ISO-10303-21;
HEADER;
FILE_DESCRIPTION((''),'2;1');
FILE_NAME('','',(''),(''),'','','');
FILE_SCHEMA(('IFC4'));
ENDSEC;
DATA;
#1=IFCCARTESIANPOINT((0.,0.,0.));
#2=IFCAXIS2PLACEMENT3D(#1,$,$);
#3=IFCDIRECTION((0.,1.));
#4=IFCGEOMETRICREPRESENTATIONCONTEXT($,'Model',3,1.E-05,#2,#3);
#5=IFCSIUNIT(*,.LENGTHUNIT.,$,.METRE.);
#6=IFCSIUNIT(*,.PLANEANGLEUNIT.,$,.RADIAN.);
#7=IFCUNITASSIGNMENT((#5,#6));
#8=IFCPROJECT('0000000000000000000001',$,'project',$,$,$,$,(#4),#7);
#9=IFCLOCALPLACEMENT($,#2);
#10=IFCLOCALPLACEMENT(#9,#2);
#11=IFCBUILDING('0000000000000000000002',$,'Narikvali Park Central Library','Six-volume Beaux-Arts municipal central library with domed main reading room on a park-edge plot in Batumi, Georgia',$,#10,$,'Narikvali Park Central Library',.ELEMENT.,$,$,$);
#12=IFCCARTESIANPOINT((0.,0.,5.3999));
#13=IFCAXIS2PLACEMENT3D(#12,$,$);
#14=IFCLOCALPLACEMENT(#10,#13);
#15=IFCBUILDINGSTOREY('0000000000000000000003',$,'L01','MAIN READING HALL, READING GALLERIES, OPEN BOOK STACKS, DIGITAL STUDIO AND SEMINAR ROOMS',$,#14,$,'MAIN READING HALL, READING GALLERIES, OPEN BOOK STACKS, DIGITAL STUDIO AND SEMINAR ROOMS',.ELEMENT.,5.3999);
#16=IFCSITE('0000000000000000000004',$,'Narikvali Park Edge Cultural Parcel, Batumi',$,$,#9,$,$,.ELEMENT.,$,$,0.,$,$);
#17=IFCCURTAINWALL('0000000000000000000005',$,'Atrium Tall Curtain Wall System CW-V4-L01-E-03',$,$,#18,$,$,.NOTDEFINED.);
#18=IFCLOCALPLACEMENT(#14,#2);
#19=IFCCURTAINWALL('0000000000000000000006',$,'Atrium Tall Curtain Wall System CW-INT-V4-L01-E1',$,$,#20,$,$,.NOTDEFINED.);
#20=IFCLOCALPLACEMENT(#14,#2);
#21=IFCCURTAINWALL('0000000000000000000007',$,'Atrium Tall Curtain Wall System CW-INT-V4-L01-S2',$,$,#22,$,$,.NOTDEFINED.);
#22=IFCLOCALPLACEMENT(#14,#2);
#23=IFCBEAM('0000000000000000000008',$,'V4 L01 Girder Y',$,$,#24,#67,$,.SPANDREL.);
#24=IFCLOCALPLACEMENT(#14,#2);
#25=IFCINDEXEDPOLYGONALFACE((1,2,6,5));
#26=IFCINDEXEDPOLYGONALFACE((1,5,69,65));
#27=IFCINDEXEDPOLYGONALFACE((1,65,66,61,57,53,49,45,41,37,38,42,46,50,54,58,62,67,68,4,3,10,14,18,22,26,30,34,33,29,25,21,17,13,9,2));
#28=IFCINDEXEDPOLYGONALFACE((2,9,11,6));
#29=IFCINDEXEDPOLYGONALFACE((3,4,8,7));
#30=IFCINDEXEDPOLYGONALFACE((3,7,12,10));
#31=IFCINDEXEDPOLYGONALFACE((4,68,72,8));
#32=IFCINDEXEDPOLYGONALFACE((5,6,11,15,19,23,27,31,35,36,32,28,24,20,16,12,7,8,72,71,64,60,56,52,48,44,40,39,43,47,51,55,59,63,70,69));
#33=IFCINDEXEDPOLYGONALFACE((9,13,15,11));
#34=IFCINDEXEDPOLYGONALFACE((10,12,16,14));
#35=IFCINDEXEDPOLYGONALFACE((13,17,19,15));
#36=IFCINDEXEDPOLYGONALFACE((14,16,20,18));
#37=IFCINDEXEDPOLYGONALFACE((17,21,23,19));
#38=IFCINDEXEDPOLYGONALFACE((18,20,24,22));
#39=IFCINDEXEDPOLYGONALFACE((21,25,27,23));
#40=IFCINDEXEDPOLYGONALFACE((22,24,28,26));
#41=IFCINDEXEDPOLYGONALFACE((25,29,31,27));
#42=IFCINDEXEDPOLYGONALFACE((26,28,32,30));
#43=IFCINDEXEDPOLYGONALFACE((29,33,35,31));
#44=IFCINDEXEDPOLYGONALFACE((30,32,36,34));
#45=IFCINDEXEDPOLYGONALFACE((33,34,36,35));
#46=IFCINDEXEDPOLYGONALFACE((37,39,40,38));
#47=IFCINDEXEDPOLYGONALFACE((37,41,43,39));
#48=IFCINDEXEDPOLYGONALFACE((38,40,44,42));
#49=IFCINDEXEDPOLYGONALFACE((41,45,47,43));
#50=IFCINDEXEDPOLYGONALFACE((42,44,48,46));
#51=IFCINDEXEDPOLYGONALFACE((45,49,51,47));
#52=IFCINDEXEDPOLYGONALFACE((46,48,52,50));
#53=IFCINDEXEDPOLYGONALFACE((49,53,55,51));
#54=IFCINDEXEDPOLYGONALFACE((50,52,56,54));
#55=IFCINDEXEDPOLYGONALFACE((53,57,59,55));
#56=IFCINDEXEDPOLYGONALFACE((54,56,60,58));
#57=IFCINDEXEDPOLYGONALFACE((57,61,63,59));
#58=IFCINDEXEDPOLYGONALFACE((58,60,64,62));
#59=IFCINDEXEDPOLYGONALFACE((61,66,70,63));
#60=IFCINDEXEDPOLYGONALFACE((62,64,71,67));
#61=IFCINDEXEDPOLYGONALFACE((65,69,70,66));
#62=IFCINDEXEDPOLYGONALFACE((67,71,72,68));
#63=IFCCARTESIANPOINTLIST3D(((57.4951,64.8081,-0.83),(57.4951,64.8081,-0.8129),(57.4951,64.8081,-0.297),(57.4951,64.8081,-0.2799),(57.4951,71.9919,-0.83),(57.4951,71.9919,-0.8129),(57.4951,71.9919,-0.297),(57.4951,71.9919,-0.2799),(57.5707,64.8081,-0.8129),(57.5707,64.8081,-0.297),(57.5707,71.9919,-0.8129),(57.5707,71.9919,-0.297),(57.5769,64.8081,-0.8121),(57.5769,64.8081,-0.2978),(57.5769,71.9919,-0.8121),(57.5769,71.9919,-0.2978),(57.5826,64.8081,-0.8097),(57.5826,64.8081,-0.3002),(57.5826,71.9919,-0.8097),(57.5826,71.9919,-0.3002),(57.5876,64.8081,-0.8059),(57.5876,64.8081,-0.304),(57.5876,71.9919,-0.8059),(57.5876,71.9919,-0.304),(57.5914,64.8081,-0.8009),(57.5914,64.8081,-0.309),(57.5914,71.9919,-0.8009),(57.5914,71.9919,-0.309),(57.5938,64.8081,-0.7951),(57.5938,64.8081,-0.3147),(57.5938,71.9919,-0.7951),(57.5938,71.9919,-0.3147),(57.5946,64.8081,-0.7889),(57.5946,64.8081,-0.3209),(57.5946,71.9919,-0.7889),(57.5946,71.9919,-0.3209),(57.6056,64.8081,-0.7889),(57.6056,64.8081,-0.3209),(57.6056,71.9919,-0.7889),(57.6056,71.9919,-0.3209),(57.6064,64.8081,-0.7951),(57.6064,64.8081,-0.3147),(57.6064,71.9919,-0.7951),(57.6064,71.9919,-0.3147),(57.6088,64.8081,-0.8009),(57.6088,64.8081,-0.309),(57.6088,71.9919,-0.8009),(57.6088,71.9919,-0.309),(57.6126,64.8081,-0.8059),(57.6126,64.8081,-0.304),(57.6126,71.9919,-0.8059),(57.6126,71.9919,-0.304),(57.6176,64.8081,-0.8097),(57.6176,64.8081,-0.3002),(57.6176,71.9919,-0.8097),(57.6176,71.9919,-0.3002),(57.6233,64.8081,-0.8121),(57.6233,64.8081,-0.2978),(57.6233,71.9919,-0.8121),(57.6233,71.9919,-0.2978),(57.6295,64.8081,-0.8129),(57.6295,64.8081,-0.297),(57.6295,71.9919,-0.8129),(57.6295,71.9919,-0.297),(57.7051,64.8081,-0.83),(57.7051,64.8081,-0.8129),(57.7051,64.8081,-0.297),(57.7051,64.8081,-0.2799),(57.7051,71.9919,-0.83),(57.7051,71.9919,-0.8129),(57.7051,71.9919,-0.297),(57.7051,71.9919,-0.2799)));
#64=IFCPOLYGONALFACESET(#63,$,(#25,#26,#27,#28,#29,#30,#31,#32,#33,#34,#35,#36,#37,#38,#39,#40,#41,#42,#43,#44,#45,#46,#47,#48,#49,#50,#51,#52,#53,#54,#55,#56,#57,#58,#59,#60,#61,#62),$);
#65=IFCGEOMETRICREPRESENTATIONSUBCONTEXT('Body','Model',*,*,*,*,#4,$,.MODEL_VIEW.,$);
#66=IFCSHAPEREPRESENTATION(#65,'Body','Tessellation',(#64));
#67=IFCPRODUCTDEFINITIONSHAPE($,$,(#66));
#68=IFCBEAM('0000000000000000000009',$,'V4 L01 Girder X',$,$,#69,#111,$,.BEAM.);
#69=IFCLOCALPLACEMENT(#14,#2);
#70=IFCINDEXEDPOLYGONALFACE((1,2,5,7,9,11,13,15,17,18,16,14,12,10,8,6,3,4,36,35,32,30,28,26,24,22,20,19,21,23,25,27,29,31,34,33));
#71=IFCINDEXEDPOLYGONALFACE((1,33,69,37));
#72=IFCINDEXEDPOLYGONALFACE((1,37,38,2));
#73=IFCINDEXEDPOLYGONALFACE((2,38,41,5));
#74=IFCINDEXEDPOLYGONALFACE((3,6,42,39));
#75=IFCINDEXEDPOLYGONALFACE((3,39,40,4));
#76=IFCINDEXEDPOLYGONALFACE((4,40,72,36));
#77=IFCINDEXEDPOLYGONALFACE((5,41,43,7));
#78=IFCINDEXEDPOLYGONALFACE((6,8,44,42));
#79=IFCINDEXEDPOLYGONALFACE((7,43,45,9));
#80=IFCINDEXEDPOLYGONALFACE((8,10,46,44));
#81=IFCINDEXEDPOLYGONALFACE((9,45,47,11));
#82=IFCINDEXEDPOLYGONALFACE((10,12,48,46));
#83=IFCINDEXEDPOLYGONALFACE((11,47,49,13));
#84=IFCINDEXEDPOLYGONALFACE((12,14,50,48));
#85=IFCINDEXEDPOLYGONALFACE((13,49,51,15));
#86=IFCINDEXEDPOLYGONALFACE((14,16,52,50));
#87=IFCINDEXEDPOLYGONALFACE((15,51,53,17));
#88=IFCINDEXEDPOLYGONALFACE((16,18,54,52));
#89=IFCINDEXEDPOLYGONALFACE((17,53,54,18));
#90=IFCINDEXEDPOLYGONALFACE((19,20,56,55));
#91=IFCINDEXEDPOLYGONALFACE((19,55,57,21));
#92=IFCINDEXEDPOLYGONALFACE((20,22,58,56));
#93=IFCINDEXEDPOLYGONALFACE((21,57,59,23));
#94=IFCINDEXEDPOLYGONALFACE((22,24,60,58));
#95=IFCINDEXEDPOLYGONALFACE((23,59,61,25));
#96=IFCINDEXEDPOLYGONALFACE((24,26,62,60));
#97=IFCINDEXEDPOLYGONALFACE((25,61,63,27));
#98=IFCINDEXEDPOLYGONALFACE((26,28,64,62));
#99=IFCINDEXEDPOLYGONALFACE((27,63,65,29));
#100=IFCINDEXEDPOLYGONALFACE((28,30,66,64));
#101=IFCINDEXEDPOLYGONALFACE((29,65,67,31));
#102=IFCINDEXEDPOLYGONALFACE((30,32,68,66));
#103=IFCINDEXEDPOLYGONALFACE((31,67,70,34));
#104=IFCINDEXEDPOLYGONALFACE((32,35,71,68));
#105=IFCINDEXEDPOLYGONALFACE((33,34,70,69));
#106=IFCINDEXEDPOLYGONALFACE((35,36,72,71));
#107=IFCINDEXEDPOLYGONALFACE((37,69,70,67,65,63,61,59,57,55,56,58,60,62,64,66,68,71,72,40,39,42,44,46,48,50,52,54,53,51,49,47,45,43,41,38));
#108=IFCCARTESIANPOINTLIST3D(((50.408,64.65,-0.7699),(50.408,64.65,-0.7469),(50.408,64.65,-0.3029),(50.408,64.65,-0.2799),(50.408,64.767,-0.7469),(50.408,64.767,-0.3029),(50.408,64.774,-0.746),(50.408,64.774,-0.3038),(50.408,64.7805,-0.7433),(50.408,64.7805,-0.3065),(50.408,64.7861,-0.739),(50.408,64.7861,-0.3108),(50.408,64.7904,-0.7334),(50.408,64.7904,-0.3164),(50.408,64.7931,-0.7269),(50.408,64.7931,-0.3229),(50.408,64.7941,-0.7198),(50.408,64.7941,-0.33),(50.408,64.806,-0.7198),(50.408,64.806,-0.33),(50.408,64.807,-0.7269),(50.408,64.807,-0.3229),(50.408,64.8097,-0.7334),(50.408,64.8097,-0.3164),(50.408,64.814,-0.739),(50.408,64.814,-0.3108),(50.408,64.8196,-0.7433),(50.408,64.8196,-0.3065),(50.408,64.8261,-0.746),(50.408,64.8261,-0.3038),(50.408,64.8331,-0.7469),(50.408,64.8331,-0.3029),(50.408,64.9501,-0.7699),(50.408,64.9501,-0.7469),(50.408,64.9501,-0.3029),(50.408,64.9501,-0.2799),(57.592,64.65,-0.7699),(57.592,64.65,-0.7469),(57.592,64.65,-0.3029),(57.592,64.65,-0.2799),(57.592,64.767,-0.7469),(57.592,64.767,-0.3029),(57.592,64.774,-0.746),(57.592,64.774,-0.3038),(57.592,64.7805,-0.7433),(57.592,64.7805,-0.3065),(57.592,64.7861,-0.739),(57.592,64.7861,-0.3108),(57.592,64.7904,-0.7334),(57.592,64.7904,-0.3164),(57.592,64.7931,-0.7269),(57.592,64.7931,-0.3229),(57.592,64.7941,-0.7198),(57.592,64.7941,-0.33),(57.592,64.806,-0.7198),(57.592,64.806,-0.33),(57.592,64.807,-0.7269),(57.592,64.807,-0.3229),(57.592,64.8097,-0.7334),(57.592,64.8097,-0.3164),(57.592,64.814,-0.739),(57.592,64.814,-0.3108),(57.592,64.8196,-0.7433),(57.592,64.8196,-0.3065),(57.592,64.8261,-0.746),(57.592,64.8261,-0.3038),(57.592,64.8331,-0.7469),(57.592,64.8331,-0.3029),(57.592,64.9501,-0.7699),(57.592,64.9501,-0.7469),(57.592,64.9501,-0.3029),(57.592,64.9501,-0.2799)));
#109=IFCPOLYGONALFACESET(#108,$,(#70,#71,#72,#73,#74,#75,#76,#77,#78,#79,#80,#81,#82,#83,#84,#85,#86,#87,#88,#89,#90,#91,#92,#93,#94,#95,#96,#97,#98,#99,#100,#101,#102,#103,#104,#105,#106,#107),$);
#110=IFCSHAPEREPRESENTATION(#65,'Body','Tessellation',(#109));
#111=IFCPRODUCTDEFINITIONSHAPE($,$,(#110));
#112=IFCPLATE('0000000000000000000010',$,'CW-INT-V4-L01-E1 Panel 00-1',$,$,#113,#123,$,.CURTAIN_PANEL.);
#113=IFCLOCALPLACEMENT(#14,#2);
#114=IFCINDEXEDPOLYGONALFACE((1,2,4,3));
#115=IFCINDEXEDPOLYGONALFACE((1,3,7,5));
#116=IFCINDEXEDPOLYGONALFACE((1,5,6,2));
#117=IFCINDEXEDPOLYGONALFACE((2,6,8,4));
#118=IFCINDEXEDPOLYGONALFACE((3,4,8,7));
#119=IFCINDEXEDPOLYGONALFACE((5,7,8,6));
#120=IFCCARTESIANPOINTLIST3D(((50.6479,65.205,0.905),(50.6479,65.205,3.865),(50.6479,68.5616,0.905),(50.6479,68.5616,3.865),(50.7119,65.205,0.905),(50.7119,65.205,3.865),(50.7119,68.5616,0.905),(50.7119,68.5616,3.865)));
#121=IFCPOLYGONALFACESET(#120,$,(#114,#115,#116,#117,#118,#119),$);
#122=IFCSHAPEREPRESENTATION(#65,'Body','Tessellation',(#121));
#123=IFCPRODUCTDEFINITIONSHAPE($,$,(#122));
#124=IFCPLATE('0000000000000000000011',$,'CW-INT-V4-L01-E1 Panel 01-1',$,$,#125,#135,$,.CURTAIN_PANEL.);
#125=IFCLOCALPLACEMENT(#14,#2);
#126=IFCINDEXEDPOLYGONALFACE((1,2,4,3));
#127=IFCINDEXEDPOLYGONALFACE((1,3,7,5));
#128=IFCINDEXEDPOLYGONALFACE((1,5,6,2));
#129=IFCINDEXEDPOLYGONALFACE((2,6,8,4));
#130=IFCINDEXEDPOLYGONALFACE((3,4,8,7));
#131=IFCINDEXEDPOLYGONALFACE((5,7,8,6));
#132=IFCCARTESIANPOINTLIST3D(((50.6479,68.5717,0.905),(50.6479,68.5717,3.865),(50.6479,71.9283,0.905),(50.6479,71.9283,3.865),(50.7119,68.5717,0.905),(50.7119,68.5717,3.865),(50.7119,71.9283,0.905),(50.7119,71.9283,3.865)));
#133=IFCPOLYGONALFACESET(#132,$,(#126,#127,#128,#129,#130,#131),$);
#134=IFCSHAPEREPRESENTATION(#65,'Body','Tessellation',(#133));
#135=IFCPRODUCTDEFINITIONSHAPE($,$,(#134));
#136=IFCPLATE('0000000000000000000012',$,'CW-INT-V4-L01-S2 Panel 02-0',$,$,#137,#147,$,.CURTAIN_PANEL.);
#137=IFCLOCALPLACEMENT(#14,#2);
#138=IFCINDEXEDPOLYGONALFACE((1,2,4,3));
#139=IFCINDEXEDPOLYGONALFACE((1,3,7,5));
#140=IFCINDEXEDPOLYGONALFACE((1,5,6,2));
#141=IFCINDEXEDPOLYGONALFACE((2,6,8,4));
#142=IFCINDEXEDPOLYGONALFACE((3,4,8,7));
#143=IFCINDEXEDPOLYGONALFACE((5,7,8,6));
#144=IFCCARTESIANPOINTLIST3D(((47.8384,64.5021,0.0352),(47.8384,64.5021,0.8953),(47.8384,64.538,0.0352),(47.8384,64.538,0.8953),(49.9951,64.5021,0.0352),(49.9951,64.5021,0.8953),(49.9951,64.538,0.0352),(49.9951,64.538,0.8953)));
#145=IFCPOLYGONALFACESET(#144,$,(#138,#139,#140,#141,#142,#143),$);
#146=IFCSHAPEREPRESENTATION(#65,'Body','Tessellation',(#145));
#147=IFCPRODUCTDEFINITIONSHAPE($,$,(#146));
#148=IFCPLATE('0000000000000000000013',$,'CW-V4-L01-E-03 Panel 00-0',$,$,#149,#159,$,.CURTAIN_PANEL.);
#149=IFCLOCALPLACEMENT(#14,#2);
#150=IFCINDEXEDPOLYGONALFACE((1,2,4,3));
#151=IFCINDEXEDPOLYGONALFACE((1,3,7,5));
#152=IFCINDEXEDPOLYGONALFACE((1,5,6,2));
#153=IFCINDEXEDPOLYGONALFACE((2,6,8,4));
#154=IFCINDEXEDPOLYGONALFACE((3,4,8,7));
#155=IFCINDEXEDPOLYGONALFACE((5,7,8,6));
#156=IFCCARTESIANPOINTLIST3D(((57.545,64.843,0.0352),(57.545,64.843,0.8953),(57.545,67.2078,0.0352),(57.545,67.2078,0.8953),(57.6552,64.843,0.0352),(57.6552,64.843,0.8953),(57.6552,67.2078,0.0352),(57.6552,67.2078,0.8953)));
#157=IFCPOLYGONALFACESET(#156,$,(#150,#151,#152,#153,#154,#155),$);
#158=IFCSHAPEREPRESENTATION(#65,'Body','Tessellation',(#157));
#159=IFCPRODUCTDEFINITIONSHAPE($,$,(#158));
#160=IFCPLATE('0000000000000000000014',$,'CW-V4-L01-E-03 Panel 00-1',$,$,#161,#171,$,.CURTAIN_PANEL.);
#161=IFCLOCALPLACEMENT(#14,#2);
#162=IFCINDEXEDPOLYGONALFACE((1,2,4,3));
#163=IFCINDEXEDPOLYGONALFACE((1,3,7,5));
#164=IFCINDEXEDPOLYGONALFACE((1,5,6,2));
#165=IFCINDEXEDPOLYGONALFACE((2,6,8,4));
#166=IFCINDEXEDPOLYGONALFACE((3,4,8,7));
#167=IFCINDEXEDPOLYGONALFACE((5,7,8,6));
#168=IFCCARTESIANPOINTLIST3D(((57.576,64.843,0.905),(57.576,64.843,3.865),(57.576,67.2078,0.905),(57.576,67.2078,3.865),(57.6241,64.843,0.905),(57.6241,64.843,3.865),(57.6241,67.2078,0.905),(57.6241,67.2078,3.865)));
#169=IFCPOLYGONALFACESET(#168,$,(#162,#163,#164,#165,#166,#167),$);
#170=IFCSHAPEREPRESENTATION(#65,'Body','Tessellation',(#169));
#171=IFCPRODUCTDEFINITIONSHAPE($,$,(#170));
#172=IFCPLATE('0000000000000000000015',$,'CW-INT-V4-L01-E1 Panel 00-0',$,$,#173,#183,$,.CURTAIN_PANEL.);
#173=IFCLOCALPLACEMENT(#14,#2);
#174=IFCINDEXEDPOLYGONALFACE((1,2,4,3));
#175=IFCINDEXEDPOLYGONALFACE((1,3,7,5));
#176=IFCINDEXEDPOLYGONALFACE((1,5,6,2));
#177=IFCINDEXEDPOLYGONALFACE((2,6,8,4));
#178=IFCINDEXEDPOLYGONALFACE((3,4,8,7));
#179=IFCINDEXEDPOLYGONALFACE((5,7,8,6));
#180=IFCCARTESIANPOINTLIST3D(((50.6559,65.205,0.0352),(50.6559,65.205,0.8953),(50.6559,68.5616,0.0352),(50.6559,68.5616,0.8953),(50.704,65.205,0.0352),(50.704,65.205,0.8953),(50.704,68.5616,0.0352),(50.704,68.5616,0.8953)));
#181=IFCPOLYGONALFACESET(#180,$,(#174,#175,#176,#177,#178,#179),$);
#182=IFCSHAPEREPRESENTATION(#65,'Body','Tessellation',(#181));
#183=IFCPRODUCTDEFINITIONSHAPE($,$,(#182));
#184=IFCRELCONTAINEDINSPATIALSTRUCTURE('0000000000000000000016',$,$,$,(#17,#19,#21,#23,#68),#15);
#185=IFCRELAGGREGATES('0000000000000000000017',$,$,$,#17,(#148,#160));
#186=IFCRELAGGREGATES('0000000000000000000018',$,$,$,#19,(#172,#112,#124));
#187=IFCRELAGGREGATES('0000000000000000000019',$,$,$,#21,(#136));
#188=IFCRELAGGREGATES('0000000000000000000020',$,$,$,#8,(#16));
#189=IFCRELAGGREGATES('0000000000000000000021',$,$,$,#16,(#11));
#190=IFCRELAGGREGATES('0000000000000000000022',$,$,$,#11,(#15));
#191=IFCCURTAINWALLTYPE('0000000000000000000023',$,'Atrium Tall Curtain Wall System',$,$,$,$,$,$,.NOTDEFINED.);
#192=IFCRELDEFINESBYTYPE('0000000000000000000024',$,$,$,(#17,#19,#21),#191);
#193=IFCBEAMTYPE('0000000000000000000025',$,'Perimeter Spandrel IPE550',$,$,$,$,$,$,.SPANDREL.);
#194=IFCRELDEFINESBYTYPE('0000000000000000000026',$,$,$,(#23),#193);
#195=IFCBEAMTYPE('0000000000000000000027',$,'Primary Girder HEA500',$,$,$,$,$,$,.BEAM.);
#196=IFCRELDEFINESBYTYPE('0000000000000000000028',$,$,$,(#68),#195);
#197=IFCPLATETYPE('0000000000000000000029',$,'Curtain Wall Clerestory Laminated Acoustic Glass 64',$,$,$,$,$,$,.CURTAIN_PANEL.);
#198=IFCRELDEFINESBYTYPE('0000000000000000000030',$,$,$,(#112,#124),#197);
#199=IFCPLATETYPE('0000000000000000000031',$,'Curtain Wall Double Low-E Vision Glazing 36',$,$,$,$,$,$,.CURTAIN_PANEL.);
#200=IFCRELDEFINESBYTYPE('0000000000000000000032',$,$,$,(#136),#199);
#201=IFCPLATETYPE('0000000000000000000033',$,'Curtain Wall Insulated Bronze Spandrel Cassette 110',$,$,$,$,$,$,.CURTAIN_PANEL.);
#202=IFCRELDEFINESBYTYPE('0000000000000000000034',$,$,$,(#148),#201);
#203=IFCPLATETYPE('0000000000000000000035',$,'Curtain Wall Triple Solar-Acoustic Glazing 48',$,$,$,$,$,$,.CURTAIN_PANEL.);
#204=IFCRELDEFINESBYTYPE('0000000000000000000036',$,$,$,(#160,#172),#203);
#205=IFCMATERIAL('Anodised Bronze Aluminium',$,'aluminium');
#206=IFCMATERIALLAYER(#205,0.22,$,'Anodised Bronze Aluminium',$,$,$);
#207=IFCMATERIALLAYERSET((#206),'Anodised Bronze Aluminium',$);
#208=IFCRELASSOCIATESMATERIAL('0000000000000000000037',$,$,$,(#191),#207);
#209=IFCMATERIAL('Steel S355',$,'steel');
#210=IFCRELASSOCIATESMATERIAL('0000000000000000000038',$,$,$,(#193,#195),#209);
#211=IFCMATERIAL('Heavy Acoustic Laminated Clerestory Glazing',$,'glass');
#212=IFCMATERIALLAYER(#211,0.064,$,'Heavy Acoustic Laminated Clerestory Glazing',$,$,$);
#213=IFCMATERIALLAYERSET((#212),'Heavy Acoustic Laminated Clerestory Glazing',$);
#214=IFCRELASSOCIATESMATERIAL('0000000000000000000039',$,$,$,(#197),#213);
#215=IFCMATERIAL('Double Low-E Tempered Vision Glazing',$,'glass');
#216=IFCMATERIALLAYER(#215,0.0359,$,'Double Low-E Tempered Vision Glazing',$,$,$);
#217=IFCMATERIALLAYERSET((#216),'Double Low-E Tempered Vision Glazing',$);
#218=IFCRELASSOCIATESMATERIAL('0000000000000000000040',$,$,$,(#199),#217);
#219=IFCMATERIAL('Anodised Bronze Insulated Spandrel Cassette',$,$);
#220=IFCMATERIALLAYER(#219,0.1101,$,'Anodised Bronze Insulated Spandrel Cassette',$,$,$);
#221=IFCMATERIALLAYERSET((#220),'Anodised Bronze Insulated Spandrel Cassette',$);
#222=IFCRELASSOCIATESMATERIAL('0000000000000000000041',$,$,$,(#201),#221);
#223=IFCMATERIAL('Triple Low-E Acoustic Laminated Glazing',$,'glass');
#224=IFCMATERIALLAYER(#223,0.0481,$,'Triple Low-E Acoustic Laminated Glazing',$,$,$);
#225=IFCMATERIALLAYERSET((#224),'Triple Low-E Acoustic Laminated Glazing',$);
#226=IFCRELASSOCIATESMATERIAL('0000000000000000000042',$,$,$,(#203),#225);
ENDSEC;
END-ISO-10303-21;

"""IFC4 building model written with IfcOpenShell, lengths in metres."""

from ifc_helpers import new_model, si_unit, direction, frame, origin, origin_2d, place, context, subcontext, project, spatial, rectangle, i_section, extrude, material, layer, layer_set, material_profile, profile_set, type_object, element, aggregate, save


model = new_model("IFC4")

# Units and contexts
model_context = context("Model", 3, precision=1e-05, world=origin(), true_north=direction((0.0, 1.0)))
body_context = subcontext(model_context, "Body", "Model", "MODEL_VIEW")
ifc_project = project(units=[si_unit("LENGTHUNIT", "METRE"), si_unit("PLANEANGLEUNIT", "RADIAN")], contexts=[model_context])

# Site, building, storey
site_placement = place(None, origin())
site = spatial("IfcSite", under=ifc_project, at=site_placement, Name="Narikvali Park Edge Cultural Parcel, Batumi", CompositionType="ELEMENT", RefElevation=0.0)
building_placement = place(site_placement, origin())
building = spatial("IfcBuilding", under=site, at=building_placement, Name="Narikvali Park Central Library", Description="Six-volume Beaux-Arts municipal central library with domed main reading room on a park-edge plot in Batumi, Georgia", LongName="Narikvali Park Central Library", CompositionType="ELEMENT")
storey_placement = place(building_placement, frame((0.0, 0.0, 5.3999)))
storey = spatial("IfcBuildingStorey", under=building, at=storey_placement, Name="L01", Description="MAIN READING HALL, READING GALLERIES, OPEN BOOK STACKS, DIGITAL STUDIO AND SEMINAR ROOMS", LongName="MAIN READING HALL, READING GALLERIES, OPEN BOOK STACKS, DIGITAL STUDIO AND SEMINAR ROOMS", CompositionType="ELEMENT", Elevation=5.3999)

# Shared definitions
ifc_material_1 = material(Name="Steel S355", Category="steel")

# Curtain walls
ifc_material_2 = material(Name="Anodised Bronze Aluminium", Category="aluminium")
ifc_layer_1 = layer(ifc_material_2, 0.22, Name="Anodised Bronze Aluminium")
ifc_layer_set_1 = layer_set([ifc_layer_1], Name="Anodised Bronze Aluminium")
curtain_wall_type = type_object("IfcCurtainWallType", Name="Atrium Tall Curtain Wall System", PredefinedType="NOTDEFINED", material=ifc_layer_set_1)
curtain_wall_1_placement = place(storey_placement, origin())
curtain_wall_1 = element("IfcCurtainWall", 1, at=curtain_wall_1_placement, inside=storey, type_object=curtain_wall_type, Name="Atrium Tall Curtain Wall System CW-V4-L01-E-03", PredefinedType="NOTDEFINED")
curtain_wall_2_placement = place(storey_placement, origin())
curtain_wall_2 = element("IfcCurtainWall", 2, at=curtain_wall_2_placement, inside=storey, type_object=curtain_wall_type, Name="Atrium Tall Curtain Wall System CW-INT-V4-L01-E1", PredefinedType="NOTDEFINED")

# Curtain wall
curtain_wall_3_placement = place(storey_placement, origin())
curtain_wall_3 = element("IfcCurtainWall", 3, at=curtain_wall_3_placement, inside=storey, type_object=curtain_wall_type, Name="Atrium Tall Curtain Wall System CW-INT-V4-L01-S2", PredefinedType="NOTDEFINED")

# Beams
ifc_material_profile_1 = material_profile(ifc_material_1, i_section(OverallWidth=0.21, OverallDepth=0.55, WebThickness=0.011, FlangeThickness=0.0171, FilletRadius=0.0239, at=origin_2d()), Name="IPE 550")
ifc_profile_set_1 = profile_set([ifc_material_profile_1], Name="Steel S355")
beam_type_1 = type_object("IfcBeamType", Name="Perimeter Spandrel IPE550", PredefinedType="SPANDREL", material=ifc_profile_set_1)
beam_1_placement = place(storey_placement, frame((57.6001, 64.8081, -0.5549), z_axis=(0.0, 1.0, 0.0), x_axis=(-1.0, 0.0, 0.0)))
element("IfcBeam", 4, at=beam_1_placement, inside=storey, type_object=beam_type_1, Name="V4 L01 Girder Y", PredefinedType="SPANDREL", context=body_context, shape_type="SweptSolid", body=[
    extrude(i_section(OverallWidth=0.21, OverallDepth=0.55, WebThickness=0.011, FlangeThickness=0.0171, FilletRadius=0.0239, at=origin_2d()), origin(), (0.0, 0.0, 1.0), 7.1838),
])
ifc_material_profile_2 = material_profile(ifc_material_1, i_section(OverallWidth=0.3, OverallDepth=0.49, WebThickness=0.012, FlangeThickness=0.0229, FilletRadius=0.0271, at=origin_2d()), Name="HEA 500")
ifc_profile_set_2 = profile_set([ifc_material_profile_2], Name="Steel S355")
beam_type_2 = type_object("IfcBeamType", Name="Primary Girder HEA500", PredefinedType="BEAM", material=ifc_profile_set_2)
beam_2_placement = place(storey_placement, frame((50.408, 64.8, -0.5249), z_axis=(1.0, 0.0, 0.0), x_axis=(0.0, 1.0, 0.0)))
element("IfcBeam", 5, at=beam_2_placement, inside=storey, type_object=beam_type_2, Name="V4 L01 Girder X", PredefinedType="BEAM", context=body_context, shape_type="SweptSolid", body=[
    extrude(i_section(OverallWidth=0.3, OverallDepth=0.49, WebThickness=0.012, FlangeThickness=0.0229, FilletRadius=0.0271, at=origin_2d()), origin(), (0.0, 0.0, 1.0), 7.1841),
])

# Plates
ifc_material_3 = material(Name="Heavy Acoustic Laminated Clerestory Glazing", Category="glass")
ifc_layer_2 = layer(ifc_material_3, 0.064, Name="Heavy Acoustic Laminated Clerestory Glazing")
ifc_layer_set_2 = layer_set([ifc_layer_2], Name="Heavy Acoustic Laminated Clerestory Glazing")
plate_type_1 = type_object("IfcPlateType", Name="Curtain Wall Clerestory Laminated Acoustic Glass 64", PredefinedType="CURTAIN_PANEL", material=ifc_layer_set_2)
plate_1_placement = place(storey_placement, frame((50.6799, 66.8833, 0.905), z_axis=(0.0, 0.0, 1.0), x_axis=(0.0, 1.0, 0.0)))
plate_1 = element("IfcPlate", 6, at=plate_1_placement, type_object=plate_type_1, Name="CW-INT-V4-L01-E1 Panel 00-1", PredefinedType="CURTAIN_PANEL", context=body_context, shape_type="SweptSolid", body=[
    extrude(rectangle(XDim=3.3567, YDim=0.064, at=origin_2d()), origin(), (0.0, 0.0, 1.0), 2.96),
])
plate_2_placement = place(storey_placement, frame((50.6799, 70.25, 0.905), z_axis=(0.0, 0.0, 1.0), x_axis=(0.0, 1.0, 0.0)))
plate_2 = element("IfcPlate", 7, at=plate_2_placement, type_object=plate_type_1, Name="CW-INT-V4-L01-E1 Panel 01-1", PredefinedType="CURTAIN_PANEL", context=body_context, shape_type="SweptSolid", body=[
    extrude(rectangle(XDim=3.3567, YDim=0.064, at=origin_2d()), origin(), (0.0, 0.0, 1.0), 2.96),
])
ifc_material_4 = material(Name="Double Low-E Tempered Vision Glazing", Category="glass")
ifc_layer_3 = layer(ifc_material_4, 0.0359, Name="Double Low-E Tempered Vision Glazing")
ifc_layer_set_3 = layer_set([ifc_layer_3], Name="Double Low-E Tempered Vision Glazing")
plate_type_2 = type_object("IfcPlateType", Name="Curtain Wall Double Low-E Vision Glazing 36", PredefinedType="CURTAIN_PANEL", material=ifc_layer_set_3)
plate_3_placement = place(storey_placement, frame((48.9167, 64.52, 0.0352), z_axis=(0.0, 0.0, 1.0), x_axis=(1.0, 0.0, 0.0)))
plate_3 = element("IfcPlate", 8, at=plate_3_placement, type_object=plate_type_2, Name="CW-INT-V4-L01-S2 Panel 02-0", PredefinedType="CURTAIN_PANEL", context=body_context, shape_type="SweptSolid", body=[
    extrude(rectangle(XDim=2.1567, YDim=0.0359, at=origin_2d()), origin(), (0.0, 0.0, 1.0), 0.8601),
])
ifc_material_5 = material(Name="Anodised Bronze Insulated Spandrel Cassette")
ifc_layer_4 = layer(ifc_material_5, 0.1101, Name="Anodised Bronze Insulated Spandrel Cassette")
ifc_layer_set_4 = layer_set([ifc_layer_4], Name="Anodised Bronze Insulated Spandrel Cassette")
plate_type_3 = type_object("IfcPlateType", Name="Curtain Wall Insulated Bronze Spandrel Cassette 110", PredefinedType="CURTAIN_PANEL", material=ifc_layer_set_4)
plate_4_placement = place(storey_placement, frame((57.6001, 66.0254, 0.0352), z_axis=(0.0, 0.0, 1.0), x_axis=(0.0, 1.0, 0.0)))
plate_4 = element("IfcPlate", 9, at=plate_4_placement, type_object=plate_type_3, Name="CW-V4-L01-E-03 Panel 00-0", PredefinedType="CURTAIN_PANEL", context=body_context, shape_type="SweptSolid", body=[
    extrude(rectangle(XDim=2.3647, YDim=0.1101, at=origin_2d()), origin(), (0.0, 0.0, 1.0), 0.8601),
])
ifc_material_6 = material(Name="Triple Low-E Acoustic Laminated Glazing", Category="glass")
ifc_layer_5 = layer(ifc_material_6, 0.0481, Name="Triple Low-E Acoustic Laminated Glazing")
ifc_layer_set_5 = layer_set([ifc_layer_5], Name="Triple Low-E Acoustic Laminated Glazing")
plate_type_4 = type_object("IfcPlateType", Name="Curtain Wall Triple Solar-Acoustic Glazing 48", PredefinedType="CURTAIN_PANEL", material=ifc_layer_set_5)
plate_5_placement = place(storey_placement, frame((57.6001, 66.0254, 0.905), z_axis=(0.0, 0.0, 1.0), x_axis=(0.0, 1.0, 0.0)))
plate_5 = element("IfcPlate", 10, at=plate_5_placement, type_object=plate_type_4, Name="CW-V4-L01-E-03 Panel 00-1", PredefinedType="CURTAIN_PANEL", context=body_context, shape_type="SweptSolid", body=[
    extrude(rectangle(XDim=2.3647, YDim=0.0481, at=origin_2d()), origin(), (0.0, 0.0, 1.0), 2.96),
])
aggregate(curtain_wall_1, [plate_4, plate_5])
plate_6_placement = place(storey_placement, frame((50.6799, 66.8833, 0.0352), z_axis=(0.0, 0.0, 1.0), x_axis=(0.0, 1.0, 0.0)))
plate_6 = element("IfcPlate", 11, at=plate_6_placement, type_object=plate_type_4, Name="CW-INT-V4-L01-E1 Panel 00-0", PredefinedType="CURTAIN_PANEL", context=body_context, shape_type="SweptSolid", body=[
    extrude(rectangle(XDim=3.3567, YDim=0.0481, at=origin_2d()), origin(), (0.0, 0.0, 1.0), 0.8601),
])
aggregate(curtain_wall_2, [plate_6, plate_1, plate_2])
aggregate(curtain_wall_3, [plate_3])

save(model, "model.ifc")
